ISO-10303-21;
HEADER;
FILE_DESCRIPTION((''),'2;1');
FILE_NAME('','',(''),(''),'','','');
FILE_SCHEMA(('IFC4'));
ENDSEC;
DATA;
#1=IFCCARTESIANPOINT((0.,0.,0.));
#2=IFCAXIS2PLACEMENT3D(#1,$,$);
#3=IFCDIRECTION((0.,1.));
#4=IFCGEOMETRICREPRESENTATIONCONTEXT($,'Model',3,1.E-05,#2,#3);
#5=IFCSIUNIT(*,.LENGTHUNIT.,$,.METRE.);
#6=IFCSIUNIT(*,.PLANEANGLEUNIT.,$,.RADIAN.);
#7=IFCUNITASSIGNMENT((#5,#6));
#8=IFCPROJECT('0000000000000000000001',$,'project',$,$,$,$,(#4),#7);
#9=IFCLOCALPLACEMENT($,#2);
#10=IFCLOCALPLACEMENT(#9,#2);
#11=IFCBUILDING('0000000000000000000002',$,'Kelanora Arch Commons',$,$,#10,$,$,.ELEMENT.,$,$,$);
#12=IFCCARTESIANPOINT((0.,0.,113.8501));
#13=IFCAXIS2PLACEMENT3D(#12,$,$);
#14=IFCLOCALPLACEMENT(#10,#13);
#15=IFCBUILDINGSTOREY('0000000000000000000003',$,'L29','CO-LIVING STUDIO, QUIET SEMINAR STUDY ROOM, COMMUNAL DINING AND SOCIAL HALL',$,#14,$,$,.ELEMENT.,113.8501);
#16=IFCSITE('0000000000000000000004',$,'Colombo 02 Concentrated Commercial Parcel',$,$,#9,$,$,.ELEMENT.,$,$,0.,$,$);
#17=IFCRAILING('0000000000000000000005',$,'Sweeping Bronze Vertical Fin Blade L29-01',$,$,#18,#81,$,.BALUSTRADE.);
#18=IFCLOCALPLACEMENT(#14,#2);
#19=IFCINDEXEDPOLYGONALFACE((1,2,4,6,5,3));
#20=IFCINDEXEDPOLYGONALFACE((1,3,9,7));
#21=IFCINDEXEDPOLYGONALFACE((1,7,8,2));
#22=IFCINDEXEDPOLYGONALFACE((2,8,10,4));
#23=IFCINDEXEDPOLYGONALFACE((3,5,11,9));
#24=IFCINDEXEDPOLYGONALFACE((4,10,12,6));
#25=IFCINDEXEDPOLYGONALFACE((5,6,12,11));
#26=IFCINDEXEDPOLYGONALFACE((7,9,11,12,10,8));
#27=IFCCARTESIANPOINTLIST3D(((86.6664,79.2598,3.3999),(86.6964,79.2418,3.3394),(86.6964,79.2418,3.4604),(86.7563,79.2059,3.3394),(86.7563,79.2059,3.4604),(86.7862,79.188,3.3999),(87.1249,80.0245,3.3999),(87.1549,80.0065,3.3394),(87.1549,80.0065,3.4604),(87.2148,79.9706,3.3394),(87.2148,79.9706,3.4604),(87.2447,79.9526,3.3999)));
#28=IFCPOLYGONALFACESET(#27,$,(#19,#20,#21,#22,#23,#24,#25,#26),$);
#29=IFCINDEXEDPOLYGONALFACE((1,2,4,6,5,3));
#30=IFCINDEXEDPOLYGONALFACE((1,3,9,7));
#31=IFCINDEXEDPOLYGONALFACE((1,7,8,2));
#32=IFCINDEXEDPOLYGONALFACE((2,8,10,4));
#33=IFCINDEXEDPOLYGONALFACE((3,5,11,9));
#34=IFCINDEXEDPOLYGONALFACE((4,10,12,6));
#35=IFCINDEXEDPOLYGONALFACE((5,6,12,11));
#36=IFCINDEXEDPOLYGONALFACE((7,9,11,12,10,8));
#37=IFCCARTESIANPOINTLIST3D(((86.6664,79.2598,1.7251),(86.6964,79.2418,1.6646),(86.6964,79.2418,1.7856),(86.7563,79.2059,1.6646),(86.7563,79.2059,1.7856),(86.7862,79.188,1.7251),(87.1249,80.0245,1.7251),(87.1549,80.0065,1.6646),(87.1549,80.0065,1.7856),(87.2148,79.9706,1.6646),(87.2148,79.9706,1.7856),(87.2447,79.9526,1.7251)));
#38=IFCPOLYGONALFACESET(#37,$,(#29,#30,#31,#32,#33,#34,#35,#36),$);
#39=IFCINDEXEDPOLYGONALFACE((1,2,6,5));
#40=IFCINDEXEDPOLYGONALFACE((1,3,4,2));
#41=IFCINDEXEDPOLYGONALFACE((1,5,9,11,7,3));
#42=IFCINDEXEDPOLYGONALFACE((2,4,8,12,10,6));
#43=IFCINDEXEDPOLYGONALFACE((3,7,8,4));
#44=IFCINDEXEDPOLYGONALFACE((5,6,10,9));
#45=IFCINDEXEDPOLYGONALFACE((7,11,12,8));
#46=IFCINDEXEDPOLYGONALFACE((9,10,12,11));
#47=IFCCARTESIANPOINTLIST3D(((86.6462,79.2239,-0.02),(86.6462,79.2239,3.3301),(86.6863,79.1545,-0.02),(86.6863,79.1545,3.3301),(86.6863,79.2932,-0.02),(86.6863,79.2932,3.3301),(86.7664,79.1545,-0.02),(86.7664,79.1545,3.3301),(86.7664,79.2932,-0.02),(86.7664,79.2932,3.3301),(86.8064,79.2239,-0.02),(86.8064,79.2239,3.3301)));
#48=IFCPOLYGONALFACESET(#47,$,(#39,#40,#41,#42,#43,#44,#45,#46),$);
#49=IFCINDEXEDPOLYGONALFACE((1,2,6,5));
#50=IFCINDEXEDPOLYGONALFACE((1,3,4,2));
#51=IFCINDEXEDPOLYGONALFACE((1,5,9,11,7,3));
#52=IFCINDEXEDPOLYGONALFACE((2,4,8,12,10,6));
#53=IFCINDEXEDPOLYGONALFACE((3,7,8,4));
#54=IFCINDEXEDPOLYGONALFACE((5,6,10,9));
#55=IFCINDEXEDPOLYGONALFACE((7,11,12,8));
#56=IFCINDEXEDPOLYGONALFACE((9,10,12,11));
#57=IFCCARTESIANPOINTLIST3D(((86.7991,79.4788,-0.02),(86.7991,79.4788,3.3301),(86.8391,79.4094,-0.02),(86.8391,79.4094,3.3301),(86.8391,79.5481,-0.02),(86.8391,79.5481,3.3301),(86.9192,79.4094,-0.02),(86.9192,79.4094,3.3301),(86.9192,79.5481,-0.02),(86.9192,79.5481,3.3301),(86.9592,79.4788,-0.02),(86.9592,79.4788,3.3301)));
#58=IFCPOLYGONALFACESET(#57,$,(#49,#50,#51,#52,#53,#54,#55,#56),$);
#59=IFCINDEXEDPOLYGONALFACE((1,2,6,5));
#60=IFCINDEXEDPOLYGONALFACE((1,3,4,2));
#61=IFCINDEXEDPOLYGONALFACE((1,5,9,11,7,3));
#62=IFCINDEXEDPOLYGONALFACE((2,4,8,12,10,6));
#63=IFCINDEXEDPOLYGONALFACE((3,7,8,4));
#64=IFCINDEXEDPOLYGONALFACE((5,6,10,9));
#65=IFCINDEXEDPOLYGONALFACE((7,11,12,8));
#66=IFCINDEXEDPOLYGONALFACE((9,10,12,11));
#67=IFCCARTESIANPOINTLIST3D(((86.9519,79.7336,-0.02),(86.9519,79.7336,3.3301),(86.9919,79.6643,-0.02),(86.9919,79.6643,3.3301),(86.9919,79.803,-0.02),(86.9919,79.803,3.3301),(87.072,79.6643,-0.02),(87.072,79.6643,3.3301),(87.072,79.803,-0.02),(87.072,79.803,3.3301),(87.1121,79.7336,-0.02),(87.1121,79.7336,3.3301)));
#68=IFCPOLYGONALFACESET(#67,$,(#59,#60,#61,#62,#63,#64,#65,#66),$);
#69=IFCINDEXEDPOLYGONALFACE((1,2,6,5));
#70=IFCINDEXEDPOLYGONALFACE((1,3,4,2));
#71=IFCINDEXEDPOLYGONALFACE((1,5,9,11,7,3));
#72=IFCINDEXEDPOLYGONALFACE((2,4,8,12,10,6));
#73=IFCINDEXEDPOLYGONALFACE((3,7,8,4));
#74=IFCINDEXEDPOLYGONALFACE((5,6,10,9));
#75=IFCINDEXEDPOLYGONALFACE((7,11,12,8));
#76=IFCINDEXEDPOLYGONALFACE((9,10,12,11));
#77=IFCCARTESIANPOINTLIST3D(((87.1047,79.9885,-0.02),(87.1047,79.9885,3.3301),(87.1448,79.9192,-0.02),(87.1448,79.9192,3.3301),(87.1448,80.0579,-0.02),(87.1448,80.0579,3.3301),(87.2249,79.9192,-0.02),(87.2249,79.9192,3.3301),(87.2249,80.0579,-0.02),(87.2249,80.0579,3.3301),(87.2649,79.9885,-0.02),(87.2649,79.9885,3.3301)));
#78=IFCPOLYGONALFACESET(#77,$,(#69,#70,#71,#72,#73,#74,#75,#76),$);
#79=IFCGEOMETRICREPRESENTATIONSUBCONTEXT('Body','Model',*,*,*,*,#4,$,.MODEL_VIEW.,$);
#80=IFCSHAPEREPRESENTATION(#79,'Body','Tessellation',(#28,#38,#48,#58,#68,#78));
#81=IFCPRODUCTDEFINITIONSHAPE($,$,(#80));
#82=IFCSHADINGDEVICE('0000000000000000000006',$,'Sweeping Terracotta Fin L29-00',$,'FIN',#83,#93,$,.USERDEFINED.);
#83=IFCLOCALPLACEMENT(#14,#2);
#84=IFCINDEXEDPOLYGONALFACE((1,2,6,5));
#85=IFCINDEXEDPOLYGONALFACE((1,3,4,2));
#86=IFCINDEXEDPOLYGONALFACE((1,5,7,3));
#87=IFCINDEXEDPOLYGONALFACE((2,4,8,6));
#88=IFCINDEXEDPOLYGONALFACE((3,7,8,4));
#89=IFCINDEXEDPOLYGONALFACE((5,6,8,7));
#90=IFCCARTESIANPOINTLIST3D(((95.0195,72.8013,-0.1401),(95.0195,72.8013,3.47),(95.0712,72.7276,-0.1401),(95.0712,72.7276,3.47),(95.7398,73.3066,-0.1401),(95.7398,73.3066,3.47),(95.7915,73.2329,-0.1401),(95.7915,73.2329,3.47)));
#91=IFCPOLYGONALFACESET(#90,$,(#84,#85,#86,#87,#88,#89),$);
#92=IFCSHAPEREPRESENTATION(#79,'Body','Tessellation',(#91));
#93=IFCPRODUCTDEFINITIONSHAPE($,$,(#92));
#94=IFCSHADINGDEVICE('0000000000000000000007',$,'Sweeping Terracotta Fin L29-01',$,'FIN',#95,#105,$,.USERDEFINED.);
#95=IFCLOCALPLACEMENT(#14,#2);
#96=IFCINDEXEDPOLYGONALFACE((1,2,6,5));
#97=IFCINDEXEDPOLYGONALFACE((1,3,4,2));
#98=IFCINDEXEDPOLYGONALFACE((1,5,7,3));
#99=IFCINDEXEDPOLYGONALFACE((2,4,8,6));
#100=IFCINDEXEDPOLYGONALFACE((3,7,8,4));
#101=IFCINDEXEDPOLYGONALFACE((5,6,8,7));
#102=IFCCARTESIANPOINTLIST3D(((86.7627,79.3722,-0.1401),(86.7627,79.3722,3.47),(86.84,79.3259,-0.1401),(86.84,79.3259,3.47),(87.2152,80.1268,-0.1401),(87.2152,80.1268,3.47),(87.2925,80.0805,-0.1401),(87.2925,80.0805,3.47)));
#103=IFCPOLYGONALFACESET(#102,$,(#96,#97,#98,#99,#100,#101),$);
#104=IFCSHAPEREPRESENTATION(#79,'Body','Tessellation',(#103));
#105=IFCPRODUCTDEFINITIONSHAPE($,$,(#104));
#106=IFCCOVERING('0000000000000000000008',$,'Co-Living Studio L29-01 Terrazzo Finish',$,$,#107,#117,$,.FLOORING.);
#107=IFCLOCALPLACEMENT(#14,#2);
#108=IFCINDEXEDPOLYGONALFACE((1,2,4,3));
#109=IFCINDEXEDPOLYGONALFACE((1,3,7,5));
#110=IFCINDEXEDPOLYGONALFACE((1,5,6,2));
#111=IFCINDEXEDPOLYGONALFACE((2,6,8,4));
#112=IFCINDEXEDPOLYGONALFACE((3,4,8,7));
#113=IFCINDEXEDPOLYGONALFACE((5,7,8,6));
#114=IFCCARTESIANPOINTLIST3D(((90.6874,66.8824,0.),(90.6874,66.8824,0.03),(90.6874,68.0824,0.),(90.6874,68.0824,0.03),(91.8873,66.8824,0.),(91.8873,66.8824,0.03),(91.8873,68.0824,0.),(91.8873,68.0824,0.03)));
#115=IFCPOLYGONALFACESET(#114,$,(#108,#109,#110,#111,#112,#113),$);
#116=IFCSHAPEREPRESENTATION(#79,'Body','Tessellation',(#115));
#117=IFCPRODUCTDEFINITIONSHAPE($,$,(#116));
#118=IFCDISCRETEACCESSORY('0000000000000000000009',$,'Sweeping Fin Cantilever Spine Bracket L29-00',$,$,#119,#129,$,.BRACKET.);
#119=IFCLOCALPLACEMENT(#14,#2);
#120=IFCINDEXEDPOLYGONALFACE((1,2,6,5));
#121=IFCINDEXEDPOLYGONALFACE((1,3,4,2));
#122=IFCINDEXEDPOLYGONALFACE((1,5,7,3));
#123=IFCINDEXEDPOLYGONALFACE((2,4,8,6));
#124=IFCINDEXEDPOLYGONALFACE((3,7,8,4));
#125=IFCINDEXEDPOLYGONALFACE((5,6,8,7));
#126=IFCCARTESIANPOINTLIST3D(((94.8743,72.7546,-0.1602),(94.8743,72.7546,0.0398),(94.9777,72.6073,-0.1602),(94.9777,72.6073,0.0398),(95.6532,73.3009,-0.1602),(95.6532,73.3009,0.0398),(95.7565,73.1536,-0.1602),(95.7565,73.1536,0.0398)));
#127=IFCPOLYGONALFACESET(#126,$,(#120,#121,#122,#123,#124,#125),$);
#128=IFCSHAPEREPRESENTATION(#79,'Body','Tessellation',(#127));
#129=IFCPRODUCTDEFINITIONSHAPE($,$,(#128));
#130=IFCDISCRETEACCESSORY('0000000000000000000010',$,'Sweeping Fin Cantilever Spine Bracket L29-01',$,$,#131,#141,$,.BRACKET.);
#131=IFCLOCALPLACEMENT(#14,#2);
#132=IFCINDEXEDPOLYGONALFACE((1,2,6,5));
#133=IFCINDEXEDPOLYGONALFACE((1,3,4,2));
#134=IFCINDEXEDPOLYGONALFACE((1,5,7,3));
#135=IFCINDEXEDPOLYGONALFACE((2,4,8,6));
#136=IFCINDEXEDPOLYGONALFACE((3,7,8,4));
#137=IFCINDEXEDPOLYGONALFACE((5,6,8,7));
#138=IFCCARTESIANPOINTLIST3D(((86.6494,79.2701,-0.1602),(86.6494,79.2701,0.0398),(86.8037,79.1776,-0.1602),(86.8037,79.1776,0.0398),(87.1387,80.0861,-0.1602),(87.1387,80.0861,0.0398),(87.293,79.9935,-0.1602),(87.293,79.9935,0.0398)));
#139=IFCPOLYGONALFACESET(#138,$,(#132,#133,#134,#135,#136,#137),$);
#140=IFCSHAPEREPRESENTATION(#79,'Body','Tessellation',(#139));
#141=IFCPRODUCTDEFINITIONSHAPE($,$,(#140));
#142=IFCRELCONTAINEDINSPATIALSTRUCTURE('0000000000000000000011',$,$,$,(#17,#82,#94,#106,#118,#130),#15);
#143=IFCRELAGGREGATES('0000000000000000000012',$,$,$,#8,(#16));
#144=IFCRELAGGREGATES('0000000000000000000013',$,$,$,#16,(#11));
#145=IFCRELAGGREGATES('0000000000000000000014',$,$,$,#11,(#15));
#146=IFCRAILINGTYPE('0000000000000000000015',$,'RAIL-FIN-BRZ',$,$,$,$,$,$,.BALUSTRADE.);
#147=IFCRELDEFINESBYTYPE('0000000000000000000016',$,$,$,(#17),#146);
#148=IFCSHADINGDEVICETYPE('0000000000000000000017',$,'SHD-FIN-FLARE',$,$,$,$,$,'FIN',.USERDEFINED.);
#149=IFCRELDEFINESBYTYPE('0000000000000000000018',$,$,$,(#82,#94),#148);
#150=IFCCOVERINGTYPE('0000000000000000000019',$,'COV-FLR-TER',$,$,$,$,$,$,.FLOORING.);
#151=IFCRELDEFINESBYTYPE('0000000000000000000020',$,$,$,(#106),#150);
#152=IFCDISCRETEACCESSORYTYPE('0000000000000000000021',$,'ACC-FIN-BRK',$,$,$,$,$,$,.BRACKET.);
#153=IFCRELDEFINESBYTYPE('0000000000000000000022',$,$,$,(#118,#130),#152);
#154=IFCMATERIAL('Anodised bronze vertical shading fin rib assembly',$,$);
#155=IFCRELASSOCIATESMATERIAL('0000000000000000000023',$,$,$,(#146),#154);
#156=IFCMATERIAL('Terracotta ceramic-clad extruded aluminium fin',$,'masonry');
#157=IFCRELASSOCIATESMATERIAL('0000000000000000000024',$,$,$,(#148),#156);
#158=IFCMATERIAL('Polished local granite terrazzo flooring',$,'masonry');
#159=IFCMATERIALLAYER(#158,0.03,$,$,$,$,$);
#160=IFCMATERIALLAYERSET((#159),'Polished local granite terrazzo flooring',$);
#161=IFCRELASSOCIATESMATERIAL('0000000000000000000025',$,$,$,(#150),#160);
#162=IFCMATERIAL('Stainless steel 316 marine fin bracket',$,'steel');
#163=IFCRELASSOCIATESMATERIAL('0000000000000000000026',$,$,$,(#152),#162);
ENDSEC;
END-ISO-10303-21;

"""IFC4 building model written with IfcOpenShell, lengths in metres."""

from ifc_helpers import new_model, si_unit, direction, frame, origin, origin_2d, place, context, subcontext, project, spatial, polyline, rectangle, outline, extrude, source, transform, mapped, material, layer, layer_set, type_object, element, save


model = new_model("IFC4")

# Units and contexts
model_context = context("Model", 3, precision=1e-05, world=origin(), true_north=direction((0.0, 1.0)))
body_context = subcontext(model_context, "Body", "Model", "MODEL_VIEW")
ifc_project = project(units=[si_unit("LENGTHUNIT", "METRE"), si_unit("PLANEANGLEUNIT", "RADIAN")], contexts=[model_context])

# Site, building, storey
site_placement = place(None, origin())
site = spatial("IfcSite", under=ifc_project, at=site_placement, Name="Colombo 02 Concentrated Commercial Parcel", CompositionType="ELEMENT", RefElevation=0.0)
building_placement = place(site_placement, origin())
building = spatial("IfcBuilding", under=site, at=building_placement, Name="Kelanora Arch Commons", CompositionType="ELEMENT")
storey_placement = place(building_placement, frame((0.0, 0.0, 113.8501)))
storey = spatial("IfcBuildingStorey", under=building, at=storey_placement, Name="L29", Description="CO-LIVING STUDIO, QUIET SEMINAR STUDY ROOM, COMMUNAL DINING AND SOCIAL HALL", CompositionType="ELEMENT", Elevation=113.8501)

# Railing
ifc_material_1 = material(Name="Anodised bronze vertical shading fin rib assembly")
railing_type = type_object("IfcRailingType", Name="RAIL-FIN-BRZ", PredefinedType="BALUSTRADE", material=ifc_material_1)
railing_1_placement = place(storey_placement, frame((86.7263, 79.2239, -0.02)))
element("IfcRailing", 1, at=railing_1_placement, inside=storey, type_object=railing_type, Name="Sweeping Bronze Vertical Fin Blade L29-01", PredefinedType="BALUSTRADE", context=body_context, shape_type="SweptSolid", body=[
    extrude(outline(polyline([(0.0698, 0.0), (0.0349, 0.0605), (-0.0349, 0.0605), (-0.0698, 0.0), (-0.0349, -0.0605), (0.0349, -0.0605), (0.0698, 0.0)])), frame((0.0, 0.0, 3.4199), z_axis=(0.514254, 0.857638, 0.0), x_axis=(-0.857638, 0.514254, 0.0)), (0.0, 0.0, 1.0), 0.8916),
    extrude(outline(polyline([(0.0698, 0.0), (0.0349, 0.0605), (-0.0349, 0.0605), (-0.0698, 0.0), (-0.0349, -0.0605), (0.0349, -0.0605), (0.0698, 0.0)])), frame((0.0, 0.0, 1.7451), z_axis=(0.514254, 0.857638, 0.0), x_axis=(-0.857638, 0.514254, 0.0)), (0.0, 0.0, 1.0), 0.8916),
    extrude(outline(polyline([(0.0801, 0.0), (0.04, 0.0693), (-0.04, 0.0693), (-0.0801, 0.0), (-0.04, -0.0693), (0.04, -0.0693), (0.0801, 0.0)])), origin(), (0.0, 0.0, 1.0), 3.3501),
    extrude(outline(polyline([(0.0801, 0.0), (0.04, 0.0693), (-0.04, 0.0693), (-0.0801, 0.0), (-0.04, -0.0693), (0.04, -0.0693), (0.0801, 0.0)])), frame((0.1528, 0.2549, 0.0)), (0.0, 0.0, 1.0), 3.3501),
    extrude(outline(polyline([(0.0801, 0.0), (0.04, 0.0693), (-0.04, 0.0693), (-0.0801, 0.0), (-0.04, -0.0693), (0.04, -0.0693), (0.0801, 0.0)])), frame((0.3057, 0.5098, 0.0)), (0.0, 0.0, 1.0), 3.3501),
    extrude(outline(polyline([(0.0801, 0.0), (0.04, 0.0693), (-0.04, 0.0693), (-0.0801, 0.0), (-0.04, -0.0693), (0.04, -0.0693), (0.0801, 0.0)])), frame((0.4585, 0.7646, 0.0)), (0.0, 0.0, 1.0), 3.3501),
])

# Shading devices
ifc_material_2 = material(Name="Terracotta ceramic-clad extruded aluminium fin", Category="masonry")
shading_device_type = type_object("IfcShadingDeviceType", Name="SHD-FIN-FLARE", ElementType="FIN", PredefinedType="USERDEFINED", material=ifc_material_2)
shared_shape_1 = source(origin(), body_context, "Body", "SweptSolid", [
    extrude(rectangle(XDim=0.8799, YDim=0.0901, at=origin_2d()), origin(), (0.0, 0.0, 1.0), 3.6101),
])
for number, where, z_axis, x_axis, name in (
    (2, (95.4055, 73.0171, -0.1401), (0.0, 0.0, 1.0), (0.818651, 0.574291, 0.0), "Sweeping Terracotta Fin L29-00"),
    (3, (87.0276, 79.7263, -0.1401), (0.0, 0.0, 1.0), (0.51429, 0.857616, 0.0), "Sweeping Terracotta Fin L29-01"),
):
    element("IfcShadingDevice", number, at=place(storey_placement, frame(where, z_axis=z_axis, x_axis=x_axis)), inside=storey, type_object=shading_device_type, Name=name, ObjectType="FIN", PredefinedType="USERDEFINED", context=body_context, shape_type="MappedRepresentation", body=[
        mapped(shared_shape_1, transform((0.0, 0.0, 0.0), scale=1.0)),
    ])

# Covering
ifc_material_3 = material(Name="Polished local granite terrazzo flooring", Category="masonry")
ifc_layer_1 = layer(ifc_material_3, 0.03)
ifc_layer_set_1 = layer_set([ifc_layer_1], Name="Polished local granite terrazzo flooring")
covering_type = type_object("IfcCoveringType", Name="COV-FLR-TER", PredefinedType="FLOORING", material=ifc_layer_set_1)
shared_shape_2 = source(origin(), body_context, "Body", "SweptSolid", [
    extrude(rectangle(XDim=1.2, YDim=1.2, at=origin_2d()), origin(), (0.0, 0.0, 1.0), 0.03),
])
covering_placement = place(storey_placement, frame((91.2874, 67.4824, 0.0), z_axis=(0.0, 0.0, 1.0), x_axis=(1.0, 0.0, 0.0)))
element("IfcCovering", 4, at=covering_placement, inside=storey, type_object=covering_type, Name="Co-Living Studio L29-01 Terrazzo Finish", PredefinedType="FLOORING", context=body_context, shape_type="MappedRepresentation", body=[
    mapped(shared_shape_2, transform((0.0, 0.0, 0.0), scale=1.0)),
])

# Discrete accessories
ifc_material_4 = material(Name="Stainless steel 316 marine fin bracket", Category="steel")
discrete_accessory_type = type_object("IfcDiscreteAccessoryType", Name="ACC-FIN-BRK", PredefinedType="BRACKET", material=ifc_material_4)
shared_shape_3 = source(origin(), body_context, "Body", "SweptSolid", [
    extrude(rectangle(XDim=0.9514, YDim=0.1799, at=origin_2d()), origin(), (0.0, 0.0, 1.0), 0.2),
])
for number, where, z_axis, x_axis, name in (
    (5, (95.3154, 72.9541, -0.1602), (0.0, 0.0, 1.0), (0.818651, 0.574291, 0.0), "Sweeping Fin Cantilever Spine Bracket L29-00"),
    (6, (86.9712, 79.6318, -0.1602), (0.0, 0.0, 1.0), (0.51429, 0.857616, 0.0), "Sweeping Fin Cantilever Spine Bracket L29-01"),
):
    element("IfcDiscreteAccessory", number, at=place(storey_placement, frame(where, z_axis=z_axis, x_axis=x_axis)), inside=storey, type_object=discrete_accessory_type, Name=name, PredefinedType="BRACKET", context=body_context, shape_type="MappedRepresentation", body=[
        mapped(shared_shape_3, transform((0.0, 0.0, 0.0), scale=1.0)),
    ])

save(model, "model.ifc")
